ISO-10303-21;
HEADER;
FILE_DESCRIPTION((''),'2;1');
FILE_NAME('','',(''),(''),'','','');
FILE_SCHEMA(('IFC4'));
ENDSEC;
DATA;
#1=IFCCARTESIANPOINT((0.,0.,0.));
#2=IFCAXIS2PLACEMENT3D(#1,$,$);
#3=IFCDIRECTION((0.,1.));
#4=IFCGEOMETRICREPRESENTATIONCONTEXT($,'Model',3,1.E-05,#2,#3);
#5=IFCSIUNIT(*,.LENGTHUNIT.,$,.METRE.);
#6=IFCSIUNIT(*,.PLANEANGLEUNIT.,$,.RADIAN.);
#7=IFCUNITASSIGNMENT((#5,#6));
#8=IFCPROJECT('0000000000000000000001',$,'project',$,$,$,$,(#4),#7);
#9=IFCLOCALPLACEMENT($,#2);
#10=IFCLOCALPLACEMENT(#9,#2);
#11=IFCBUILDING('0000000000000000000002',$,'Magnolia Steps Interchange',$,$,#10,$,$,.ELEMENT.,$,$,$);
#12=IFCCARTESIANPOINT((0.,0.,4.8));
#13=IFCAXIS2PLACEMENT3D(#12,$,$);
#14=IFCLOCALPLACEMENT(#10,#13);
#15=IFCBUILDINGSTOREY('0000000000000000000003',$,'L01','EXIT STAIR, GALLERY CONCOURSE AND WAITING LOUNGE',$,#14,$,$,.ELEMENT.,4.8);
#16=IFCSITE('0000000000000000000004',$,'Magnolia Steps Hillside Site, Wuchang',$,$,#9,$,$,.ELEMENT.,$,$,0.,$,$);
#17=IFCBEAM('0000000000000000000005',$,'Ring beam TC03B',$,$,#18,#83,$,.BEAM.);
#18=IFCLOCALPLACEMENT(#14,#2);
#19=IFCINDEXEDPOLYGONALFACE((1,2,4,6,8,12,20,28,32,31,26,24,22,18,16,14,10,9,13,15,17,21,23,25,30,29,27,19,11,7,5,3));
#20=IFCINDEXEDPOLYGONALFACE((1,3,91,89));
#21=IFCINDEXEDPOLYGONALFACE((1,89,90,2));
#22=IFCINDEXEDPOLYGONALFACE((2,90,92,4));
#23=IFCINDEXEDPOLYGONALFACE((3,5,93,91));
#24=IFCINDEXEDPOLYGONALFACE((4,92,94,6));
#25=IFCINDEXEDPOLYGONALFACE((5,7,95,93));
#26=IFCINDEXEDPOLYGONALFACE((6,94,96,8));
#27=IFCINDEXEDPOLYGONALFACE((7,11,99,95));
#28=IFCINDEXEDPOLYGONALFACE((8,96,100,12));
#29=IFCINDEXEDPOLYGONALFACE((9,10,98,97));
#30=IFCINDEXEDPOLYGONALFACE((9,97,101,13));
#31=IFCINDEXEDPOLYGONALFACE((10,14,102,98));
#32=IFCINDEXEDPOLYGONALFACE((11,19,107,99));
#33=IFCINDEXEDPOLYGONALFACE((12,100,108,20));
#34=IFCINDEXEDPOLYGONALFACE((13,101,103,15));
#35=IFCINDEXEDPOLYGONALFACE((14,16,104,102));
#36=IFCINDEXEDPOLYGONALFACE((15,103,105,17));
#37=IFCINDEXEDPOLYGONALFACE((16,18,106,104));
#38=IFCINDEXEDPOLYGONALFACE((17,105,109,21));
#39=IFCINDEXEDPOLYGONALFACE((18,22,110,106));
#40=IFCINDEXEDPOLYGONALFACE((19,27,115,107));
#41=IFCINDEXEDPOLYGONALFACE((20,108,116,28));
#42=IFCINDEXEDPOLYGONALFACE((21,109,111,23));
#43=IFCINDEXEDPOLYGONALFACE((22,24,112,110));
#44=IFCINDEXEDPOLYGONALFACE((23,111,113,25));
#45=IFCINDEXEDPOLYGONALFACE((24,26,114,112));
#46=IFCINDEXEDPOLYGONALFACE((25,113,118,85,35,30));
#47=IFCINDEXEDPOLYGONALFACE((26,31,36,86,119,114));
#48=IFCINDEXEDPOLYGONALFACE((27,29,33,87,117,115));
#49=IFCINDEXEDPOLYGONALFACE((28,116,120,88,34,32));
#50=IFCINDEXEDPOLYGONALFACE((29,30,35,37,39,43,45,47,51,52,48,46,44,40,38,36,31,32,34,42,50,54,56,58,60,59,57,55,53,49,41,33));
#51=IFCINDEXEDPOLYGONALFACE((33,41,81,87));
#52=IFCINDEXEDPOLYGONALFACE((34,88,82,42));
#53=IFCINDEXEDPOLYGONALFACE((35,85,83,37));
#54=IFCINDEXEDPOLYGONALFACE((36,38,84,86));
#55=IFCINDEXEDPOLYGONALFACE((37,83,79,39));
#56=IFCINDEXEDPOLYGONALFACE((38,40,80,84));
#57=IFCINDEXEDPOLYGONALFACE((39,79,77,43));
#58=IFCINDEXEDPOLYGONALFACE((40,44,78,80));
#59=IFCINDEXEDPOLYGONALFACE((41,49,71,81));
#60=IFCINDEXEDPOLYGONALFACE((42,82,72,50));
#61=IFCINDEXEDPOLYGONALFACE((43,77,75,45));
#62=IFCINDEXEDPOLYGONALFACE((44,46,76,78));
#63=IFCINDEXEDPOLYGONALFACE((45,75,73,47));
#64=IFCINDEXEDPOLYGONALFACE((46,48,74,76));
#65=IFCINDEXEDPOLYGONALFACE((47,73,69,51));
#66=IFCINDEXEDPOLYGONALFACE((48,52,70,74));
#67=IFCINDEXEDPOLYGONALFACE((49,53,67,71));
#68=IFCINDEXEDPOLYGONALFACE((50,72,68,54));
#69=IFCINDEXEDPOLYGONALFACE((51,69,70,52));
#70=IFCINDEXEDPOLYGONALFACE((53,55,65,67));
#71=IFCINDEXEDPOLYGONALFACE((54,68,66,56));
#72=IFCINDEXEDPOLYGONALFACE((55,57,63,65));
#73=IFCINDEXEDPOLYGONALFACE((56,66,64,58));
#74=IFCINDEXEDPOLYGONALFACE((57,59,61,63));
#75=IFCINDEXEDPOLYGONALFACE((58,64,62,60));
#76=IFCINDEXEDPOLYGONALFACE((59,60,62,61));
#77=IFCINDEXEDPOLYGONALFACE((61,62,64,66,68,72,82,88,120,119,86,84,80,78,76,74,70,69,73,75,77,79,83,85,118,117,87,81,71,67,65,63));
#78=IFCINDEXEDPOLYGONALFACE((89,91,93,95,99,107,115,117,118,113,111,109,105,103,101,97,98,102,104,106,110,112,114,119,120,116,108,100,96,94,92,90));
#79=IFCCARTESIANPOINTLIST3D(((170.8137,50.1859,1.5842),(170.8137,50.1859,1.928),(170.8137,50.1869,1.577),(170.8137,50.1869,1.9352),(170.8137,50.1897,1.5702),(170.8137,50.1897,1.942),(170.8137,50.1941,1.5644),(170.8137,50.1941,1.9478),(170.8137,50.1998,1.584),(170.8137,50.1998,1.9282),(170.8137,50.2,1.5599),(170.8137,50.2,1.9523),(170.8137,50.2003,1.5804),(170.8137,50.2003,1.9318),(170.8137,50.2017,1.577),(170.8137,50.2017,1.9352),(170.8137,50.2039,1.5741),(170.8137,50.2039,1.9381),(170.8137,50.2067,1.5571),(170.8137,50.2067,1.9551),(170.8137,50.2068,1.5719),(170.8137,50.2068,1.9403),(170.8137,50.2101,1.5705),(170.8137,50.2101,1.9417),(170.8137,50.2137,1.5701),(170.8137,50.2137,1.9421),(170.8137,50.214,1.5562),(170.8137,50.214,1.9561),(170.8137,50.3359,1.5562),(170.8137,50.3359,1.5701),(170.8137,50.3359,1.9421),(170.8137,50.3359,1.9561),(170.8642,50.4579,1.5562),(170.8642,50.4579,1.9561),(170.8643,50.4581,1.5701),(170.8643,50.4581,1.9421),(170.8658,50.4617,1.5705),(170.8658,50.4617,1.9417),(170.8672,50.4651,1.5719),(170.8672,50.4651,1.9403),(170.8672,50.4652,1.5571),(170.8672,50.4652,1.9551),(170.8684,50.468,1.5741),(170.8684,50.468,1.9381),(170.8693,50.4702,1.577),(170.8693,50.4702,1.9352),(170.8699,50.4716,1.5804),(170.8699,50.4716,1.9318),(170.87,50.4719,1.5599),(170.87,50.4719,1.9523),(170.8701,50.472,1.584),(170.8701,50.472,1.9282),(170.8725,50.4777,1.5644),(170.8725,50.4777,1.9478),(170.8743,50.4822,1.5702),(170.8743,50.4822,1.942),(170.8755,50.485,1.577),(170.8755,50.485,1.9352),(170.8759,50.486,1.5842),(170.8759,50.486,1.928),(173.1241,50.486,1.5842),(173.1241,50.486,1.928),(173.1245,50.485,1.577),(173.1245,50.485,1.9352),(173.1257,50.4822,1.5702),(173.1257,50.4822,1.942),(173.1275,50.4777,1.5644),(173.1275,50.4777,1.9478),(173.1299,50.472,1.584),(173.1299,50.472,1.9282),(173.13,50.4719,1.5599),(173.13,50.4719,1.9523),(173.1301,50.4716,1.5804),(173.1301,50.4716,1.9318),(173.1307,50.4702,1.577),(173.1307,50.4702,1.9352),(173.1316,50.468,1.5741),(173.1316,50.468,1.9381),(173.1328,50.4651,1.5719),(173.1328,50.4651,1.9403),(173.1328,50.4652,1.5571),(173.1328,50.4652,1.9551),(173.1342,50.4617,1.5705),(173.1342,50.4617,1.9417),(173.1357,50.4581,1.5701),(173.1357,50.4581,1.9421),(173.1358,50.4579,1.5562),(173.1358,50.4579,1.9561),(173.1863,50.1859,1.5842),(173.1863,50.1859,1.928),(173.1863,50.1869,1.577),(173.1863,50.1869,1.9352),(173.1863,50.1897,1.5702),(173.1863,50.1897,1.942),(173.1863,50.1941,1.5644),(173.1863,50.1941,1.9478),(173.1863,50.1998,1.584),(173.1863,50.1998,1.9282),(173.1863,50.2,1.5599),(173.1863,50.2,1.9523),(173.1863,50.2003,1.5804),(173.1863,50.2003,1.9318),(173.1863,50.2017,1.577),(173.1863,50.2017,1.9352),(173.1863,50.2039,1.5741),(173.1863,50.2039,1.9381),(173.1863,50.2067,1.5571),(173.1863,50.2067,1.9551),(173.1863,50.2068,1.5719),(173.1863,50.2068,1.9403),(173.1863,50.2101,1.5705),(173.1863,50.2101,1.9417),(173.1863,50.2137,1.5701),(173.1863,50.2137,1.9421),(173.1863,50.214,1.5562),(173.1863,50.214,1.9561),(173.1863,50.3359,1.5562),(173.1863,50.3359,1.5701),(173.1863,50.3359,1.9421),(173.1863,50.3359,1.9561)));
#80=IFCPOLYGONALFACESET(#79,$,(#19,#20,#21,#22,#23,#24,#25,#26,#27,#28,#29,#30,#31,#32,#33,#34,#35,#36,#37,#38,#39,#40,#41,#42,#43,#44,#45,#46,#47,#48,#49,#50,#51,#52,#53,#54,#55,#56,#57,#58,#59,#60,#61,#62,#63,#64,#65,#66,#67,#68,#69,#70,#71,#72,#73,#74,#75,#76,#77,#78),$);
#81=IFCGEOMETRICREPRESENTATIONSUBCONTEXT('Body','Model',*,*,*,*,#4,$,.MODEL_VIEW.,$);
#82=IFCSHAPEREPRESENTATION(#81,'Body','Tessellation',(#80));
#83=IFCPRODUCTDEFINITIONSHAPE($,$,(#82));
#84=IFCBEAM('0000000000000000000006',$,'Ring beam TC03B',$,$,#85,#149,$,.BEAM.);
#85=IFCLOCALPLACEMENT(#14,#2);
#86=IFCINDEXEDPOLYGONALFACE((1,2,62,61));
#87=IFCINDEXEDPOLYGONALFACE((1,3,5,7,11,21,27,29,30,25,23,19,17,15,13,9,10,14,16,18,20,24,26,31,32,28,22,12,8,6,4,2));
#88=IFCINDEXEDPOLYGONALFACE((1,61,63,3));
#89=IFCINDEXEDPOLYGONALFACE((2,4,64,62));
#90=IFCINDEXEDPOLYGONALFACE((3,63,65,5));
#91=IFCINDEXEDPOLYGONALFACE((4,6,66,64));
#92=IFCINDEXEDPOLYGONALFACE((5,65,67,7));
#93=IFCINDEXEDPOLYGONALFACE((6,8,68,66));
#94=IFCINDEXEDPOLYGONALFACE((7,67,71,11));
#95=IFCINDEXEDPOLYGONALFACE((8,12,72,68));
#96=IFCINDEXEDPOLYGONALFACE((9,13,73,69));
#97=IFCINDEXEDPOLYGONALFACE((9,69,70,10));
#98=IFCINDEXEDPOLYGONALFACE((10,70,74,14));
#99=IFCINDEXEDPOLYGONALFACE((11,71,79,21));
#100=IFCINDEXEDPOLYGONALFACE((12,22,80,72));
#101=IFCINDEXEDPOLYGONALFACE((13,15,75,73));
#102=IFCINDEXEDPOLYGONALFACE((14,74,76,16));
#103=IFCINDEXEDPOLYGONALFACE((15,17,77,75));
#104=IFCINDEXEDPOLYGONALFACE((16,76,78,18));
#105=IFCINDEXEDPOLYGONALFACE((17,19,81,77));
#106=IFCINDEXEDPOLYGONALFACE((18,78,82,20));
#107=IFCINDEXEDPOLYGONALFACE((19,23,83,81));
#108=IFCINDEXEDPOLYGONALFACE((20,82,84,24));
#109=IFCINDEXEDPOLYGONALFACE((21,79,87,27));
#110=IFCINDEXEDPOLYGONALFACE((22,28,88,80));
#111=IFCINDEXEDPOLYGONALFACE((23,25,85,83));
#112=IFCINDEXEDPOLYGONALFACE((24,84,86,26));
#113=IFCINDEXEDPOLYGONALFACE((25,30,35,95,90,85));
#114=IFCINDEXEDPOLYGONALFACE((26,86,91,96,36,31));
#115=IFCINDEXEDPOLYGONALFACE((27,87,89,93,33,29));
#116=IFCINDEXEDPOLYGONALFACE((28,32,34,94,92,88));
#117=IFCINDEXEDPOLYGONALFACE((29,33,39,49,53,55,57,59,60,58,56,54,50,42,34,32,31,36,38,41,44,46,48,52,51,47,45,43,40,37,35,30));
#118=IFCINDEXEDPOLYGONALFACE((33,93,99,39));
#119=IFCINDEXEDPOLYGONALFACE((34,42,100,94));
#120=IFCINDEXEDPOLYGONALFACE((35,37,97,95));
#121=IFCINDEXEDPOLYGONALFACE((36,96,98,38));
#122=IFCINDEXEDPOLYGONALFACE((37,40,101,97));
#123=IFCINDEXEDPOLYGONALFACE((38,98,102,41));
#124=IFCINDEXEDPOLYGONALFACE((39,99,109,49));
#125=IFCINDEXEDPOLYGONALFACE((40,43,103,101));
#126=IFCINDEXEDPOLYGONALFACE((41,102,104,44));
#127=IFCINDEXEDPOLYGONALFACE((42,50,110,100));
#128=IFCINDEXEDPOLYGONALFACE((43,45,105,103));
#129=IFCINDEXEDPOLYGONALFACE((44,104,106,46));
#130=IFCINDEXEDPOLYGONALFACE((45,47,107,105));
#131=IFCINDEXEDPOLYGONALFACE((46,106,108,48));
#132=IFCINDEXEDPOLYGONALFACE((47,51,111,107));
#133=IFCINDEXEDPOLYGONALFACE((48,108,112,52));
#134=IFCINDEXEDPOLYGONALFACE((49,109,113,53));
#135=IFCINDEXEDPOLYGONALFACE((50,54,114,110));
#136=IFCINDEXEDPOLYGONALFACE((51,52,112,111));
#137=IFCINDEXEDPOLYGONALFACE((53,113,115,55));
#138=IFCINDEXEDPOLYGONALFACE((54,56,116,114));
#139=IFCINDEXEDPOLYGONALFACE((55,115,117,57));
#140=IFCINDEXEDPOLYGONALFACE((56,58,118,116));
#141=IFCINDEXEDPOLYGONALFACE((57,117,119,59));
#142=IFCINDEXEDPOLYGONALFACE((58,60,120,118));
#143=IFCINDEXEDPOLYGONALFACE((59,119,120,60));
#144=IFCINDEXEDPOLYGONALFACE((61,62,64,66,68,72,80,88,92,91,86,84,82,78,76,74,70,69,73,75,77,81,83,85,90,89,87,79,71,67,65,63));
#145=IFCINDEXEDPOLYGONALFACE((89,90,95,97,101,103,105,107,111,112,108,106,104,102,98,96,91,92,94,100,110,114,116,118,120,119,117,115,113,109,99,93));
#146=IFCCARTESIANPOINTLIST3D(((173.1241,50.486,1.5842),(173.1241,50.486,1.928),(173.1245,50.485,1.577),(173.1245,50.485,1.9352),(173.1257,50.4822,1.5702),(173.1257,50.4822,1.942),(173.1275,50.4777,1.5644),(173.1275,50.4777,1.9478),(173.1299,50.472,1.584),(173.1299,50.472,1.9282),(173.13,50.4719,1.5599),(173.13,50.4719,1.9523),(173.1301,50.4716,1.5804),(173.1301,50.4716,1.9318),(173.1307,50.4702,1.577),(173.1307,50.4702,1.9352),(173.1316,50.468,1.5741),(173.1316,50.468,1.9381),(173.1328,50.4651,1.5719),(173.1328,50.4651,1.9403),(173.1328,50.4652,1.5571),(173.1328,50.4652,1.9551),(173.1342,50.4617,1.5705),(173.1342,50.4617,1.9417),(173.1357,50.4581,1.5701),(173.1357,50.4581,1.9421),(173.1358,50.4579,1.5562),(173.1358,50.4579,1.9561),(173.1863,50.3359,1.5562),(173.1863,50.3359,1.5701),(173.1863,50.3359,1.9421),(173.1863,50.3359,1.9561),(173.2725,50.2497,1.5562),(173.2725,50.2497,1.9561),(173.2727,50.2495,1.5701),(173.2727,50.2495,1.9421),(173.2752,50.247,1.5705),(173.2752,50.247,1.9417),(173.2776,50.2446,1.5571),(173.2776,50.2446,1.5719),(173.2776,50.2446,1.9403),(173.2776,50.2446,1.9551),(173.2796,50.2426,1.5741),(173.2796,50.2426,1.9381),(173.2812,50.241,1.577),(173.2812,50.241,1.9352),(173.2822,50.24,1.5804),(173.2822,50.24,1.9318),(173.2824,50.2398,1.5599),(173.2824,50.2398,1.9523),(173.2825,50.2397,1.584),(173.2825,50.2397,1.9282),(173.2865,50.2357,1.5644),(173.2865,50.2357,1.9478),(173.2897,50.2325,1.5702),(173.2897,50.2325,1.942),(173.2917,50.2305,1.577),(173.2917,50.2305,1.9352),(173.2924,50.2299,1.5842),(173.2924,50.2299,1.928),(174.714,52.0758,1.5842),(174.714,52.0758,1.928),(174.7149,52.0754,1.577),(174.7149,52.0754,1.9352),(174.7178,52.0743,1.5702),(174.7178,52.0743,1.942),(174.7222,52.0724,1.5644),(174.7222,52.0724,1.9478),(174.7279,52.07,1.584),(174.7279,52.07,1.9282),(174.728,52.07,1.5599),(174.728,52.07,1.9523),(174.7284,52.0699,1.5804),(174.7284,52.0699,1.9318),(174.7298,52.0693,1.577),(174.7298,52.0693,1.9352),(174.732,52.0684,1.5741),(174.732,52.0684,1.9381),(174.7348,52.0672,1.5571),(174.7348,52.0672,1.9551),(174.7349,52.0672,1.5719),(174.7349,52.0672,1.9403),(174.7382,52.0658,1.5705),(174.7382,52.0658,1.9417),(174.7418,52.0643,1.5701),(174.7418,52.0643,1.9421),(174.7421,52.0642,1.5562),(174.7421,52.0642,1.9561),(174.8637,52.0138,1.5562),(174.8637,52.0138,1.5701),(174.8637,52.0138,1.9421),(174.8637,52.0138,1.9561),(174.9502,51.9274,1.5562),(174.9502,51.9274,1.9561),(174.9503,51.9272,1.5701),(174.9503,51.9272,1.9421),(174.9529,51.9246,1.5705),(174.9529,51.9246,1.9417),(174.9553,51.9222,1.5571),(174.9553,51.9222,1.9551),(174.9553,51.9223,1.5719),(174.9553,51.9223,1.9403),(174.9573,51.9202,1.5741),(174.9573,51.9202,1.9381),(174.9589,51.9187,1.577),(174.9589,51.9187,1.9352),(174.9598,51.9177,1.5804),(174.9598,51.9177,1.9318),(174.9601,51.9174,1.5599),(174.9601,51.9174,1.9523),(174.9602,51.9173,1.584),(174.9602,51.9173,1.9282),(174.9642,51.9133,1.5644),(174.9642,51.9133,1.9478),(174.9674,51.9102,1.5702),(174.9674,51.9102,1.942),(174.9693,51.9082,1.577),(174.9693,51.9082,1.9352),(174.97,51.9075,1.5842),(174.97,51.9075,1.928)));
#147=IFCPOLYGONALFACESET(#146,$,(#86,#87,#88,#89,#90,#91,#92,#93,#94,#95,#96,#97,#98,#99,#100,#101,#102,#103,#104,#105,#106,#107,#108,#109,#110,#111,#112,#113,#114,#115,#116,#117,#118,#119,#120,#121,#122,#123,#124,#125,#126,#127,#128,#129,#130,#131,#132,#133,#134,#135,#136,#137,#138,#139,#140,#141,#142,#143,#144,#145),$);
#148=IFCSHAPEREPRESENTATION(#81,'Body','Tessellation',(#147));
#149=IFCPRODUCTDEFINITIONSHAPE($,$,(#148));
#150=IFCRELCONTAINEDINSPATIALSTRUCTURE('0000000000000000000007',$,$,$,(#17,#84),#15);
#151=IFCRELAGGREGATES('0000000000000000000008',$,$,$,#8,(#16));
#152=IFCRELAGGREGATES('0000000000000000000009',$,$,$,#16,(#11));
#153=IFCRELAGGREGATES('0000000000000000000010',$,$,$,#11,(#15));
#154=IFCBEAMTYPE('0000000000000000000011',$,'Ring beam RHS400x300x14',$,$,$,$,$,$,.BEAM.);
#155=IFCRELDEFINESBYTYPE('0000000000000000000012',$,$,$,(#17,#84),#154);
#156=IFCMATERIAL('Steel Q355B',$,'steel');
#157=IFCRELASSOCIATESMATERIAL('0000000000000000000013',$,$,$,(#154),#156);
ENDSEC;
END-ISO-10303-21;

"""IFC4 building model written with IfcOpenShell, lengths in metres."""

from ifc_helpers import new_model, si_unit, direction, frame, origin, origin_2d, place, context, subcontext, project, spatial, hollow_rectangle, extrude, clip, halfspace, material, material_profile, profile_set, type_object, element, save


model = new_model("IFC4")

# Units and contexts
model_context = context("Model", 3, precision=1e-05, world=origin(), true_north=direction((0.0, 1.0)))
body_context = subcontext(model_context, "Body", "Model", "MODEL_VIEW")
ifc_project = project(units=[si_unit("LENGTHUNIT", "METRE"), si_unit("PLANEANGLEUNIT", "RADIAN")], contexts=[model_context])

# Site, building, storey
site_placement = place(None, origin())
site = spatial("IfcSite", under=ifc_project, at=site_placement, Name="Magnolia Steps Hillside Site, Wuchang", CompositionType="ELEMENT", RefElevation=0.0)
building_placement = place(site_placement, origin())
building = spatial("IfcBuilding", under=site, at=building_placement, Name="Magnolia Steps Interchange", CompositionType="ELEMENT")
storey_placement = place(building_placement, frame((0.0, 0.0, 4.8)))
storey = spatial("IfcBuildingStorey", under=building, at=storey_placement, Name="L01", Description="EXIT STAIR, GALLERY CONCOURSE AND WAITING LOUNGE", CompositionType="ELEMENT", Elevation=4.8)

# Beams
ifc_material_1 = material(Name="Steel Q355B", Category="steel")
ifc_material_profile_1 = material_profile(ifc_material_1, hollow_rectangle(XDim=0.3, YDim=0.3999, WallThickness=0.0139, InnerFilletRadius=0.0139, OuterFilletRadius=0.0281, at=origin_2d()), Name="RHS400x300x14")
ifc_profile_set_1 = profile_set([ifc_material_profile_1], Name="Steel Q355B")
beam_type_1 = type_object("IfcBeamType", Name="Ring beam RHS400x300x14", PredefinedType="BEAM", material=ifc_profile_set_1)
beam_1_placement = place(storey_placement, frame((170.8137, 50.3359, 1.7561), z_axis=(1.0, 0.0, 0.0), x_axis=(0.0, 1.0, 0.0)))
element("IfcBeam", 1, at=beam_1_placement, inside=storey, type_object=beam_type_1, Name="Ring beam TC03B", PredefinedType="BEAM", context=body_context, shape_type="Clipping", body=[
    clip(clip(extrude(hollow_rectangle(XDim=0.3, YDim=0.3999, WallThickness=0.0139, InnerFilletRadius=0.0139, OuterFilletRadius=0.0281, at=origin_2d()), origin(), (0.0, 0.0, 1.0), 2.3726), halfspace(frame((0.0, 0.0, 0.0), z_axis=(0.382683, 0.0, -0.92388), x_axis=(0.92388, 0.0, 0.382683)), False)), halfspace(frame((0.0, 0.0, 2.3726), z_axis=(0.382683, 0.0, 0.92388), x_axis=(0.92388, 0.0, -0.382683)), False)),
])
beam_2_placement = place(storey_placement, frame((173.1863, 50.3359, 1.7561), z_axis=(0.707107, 0.707107, 0.0), x_axis=(-0.707107, 0.707107, 0.0)))
element("IfcBeam", 2, at=beam_2_placement, inside=storey, type_object=beam_type_1, Name="Ring beam TC03B", PredefinedType="BEAM", context=body_context, shape_type="Clipping", body=[
    clip(clip(extrude(hollow_rectangle(XDim=0.3, YDim=0.3999, WallThickness=0.0139, InnerFilletRadius=0.0139, OuterFilletRadius=0.0281, at=origin_2d()), origin(), (0.0, 0.0, 1.0), 2.3726), halfspace(frame((0.0, 0.0, 0.0), z_axis=(0.382683, 0.0, -0.92388), x_axis=(0.92388, 0.0, 0.382683)), False)), halfspace(frame((0.0, 0.0, 2.3727), z_axis=(0.382683, 0.0, 0.92388), x_axis=(0.92388, 0.0, -0.382683)), False)),
])

save(model, "model.ifc")
